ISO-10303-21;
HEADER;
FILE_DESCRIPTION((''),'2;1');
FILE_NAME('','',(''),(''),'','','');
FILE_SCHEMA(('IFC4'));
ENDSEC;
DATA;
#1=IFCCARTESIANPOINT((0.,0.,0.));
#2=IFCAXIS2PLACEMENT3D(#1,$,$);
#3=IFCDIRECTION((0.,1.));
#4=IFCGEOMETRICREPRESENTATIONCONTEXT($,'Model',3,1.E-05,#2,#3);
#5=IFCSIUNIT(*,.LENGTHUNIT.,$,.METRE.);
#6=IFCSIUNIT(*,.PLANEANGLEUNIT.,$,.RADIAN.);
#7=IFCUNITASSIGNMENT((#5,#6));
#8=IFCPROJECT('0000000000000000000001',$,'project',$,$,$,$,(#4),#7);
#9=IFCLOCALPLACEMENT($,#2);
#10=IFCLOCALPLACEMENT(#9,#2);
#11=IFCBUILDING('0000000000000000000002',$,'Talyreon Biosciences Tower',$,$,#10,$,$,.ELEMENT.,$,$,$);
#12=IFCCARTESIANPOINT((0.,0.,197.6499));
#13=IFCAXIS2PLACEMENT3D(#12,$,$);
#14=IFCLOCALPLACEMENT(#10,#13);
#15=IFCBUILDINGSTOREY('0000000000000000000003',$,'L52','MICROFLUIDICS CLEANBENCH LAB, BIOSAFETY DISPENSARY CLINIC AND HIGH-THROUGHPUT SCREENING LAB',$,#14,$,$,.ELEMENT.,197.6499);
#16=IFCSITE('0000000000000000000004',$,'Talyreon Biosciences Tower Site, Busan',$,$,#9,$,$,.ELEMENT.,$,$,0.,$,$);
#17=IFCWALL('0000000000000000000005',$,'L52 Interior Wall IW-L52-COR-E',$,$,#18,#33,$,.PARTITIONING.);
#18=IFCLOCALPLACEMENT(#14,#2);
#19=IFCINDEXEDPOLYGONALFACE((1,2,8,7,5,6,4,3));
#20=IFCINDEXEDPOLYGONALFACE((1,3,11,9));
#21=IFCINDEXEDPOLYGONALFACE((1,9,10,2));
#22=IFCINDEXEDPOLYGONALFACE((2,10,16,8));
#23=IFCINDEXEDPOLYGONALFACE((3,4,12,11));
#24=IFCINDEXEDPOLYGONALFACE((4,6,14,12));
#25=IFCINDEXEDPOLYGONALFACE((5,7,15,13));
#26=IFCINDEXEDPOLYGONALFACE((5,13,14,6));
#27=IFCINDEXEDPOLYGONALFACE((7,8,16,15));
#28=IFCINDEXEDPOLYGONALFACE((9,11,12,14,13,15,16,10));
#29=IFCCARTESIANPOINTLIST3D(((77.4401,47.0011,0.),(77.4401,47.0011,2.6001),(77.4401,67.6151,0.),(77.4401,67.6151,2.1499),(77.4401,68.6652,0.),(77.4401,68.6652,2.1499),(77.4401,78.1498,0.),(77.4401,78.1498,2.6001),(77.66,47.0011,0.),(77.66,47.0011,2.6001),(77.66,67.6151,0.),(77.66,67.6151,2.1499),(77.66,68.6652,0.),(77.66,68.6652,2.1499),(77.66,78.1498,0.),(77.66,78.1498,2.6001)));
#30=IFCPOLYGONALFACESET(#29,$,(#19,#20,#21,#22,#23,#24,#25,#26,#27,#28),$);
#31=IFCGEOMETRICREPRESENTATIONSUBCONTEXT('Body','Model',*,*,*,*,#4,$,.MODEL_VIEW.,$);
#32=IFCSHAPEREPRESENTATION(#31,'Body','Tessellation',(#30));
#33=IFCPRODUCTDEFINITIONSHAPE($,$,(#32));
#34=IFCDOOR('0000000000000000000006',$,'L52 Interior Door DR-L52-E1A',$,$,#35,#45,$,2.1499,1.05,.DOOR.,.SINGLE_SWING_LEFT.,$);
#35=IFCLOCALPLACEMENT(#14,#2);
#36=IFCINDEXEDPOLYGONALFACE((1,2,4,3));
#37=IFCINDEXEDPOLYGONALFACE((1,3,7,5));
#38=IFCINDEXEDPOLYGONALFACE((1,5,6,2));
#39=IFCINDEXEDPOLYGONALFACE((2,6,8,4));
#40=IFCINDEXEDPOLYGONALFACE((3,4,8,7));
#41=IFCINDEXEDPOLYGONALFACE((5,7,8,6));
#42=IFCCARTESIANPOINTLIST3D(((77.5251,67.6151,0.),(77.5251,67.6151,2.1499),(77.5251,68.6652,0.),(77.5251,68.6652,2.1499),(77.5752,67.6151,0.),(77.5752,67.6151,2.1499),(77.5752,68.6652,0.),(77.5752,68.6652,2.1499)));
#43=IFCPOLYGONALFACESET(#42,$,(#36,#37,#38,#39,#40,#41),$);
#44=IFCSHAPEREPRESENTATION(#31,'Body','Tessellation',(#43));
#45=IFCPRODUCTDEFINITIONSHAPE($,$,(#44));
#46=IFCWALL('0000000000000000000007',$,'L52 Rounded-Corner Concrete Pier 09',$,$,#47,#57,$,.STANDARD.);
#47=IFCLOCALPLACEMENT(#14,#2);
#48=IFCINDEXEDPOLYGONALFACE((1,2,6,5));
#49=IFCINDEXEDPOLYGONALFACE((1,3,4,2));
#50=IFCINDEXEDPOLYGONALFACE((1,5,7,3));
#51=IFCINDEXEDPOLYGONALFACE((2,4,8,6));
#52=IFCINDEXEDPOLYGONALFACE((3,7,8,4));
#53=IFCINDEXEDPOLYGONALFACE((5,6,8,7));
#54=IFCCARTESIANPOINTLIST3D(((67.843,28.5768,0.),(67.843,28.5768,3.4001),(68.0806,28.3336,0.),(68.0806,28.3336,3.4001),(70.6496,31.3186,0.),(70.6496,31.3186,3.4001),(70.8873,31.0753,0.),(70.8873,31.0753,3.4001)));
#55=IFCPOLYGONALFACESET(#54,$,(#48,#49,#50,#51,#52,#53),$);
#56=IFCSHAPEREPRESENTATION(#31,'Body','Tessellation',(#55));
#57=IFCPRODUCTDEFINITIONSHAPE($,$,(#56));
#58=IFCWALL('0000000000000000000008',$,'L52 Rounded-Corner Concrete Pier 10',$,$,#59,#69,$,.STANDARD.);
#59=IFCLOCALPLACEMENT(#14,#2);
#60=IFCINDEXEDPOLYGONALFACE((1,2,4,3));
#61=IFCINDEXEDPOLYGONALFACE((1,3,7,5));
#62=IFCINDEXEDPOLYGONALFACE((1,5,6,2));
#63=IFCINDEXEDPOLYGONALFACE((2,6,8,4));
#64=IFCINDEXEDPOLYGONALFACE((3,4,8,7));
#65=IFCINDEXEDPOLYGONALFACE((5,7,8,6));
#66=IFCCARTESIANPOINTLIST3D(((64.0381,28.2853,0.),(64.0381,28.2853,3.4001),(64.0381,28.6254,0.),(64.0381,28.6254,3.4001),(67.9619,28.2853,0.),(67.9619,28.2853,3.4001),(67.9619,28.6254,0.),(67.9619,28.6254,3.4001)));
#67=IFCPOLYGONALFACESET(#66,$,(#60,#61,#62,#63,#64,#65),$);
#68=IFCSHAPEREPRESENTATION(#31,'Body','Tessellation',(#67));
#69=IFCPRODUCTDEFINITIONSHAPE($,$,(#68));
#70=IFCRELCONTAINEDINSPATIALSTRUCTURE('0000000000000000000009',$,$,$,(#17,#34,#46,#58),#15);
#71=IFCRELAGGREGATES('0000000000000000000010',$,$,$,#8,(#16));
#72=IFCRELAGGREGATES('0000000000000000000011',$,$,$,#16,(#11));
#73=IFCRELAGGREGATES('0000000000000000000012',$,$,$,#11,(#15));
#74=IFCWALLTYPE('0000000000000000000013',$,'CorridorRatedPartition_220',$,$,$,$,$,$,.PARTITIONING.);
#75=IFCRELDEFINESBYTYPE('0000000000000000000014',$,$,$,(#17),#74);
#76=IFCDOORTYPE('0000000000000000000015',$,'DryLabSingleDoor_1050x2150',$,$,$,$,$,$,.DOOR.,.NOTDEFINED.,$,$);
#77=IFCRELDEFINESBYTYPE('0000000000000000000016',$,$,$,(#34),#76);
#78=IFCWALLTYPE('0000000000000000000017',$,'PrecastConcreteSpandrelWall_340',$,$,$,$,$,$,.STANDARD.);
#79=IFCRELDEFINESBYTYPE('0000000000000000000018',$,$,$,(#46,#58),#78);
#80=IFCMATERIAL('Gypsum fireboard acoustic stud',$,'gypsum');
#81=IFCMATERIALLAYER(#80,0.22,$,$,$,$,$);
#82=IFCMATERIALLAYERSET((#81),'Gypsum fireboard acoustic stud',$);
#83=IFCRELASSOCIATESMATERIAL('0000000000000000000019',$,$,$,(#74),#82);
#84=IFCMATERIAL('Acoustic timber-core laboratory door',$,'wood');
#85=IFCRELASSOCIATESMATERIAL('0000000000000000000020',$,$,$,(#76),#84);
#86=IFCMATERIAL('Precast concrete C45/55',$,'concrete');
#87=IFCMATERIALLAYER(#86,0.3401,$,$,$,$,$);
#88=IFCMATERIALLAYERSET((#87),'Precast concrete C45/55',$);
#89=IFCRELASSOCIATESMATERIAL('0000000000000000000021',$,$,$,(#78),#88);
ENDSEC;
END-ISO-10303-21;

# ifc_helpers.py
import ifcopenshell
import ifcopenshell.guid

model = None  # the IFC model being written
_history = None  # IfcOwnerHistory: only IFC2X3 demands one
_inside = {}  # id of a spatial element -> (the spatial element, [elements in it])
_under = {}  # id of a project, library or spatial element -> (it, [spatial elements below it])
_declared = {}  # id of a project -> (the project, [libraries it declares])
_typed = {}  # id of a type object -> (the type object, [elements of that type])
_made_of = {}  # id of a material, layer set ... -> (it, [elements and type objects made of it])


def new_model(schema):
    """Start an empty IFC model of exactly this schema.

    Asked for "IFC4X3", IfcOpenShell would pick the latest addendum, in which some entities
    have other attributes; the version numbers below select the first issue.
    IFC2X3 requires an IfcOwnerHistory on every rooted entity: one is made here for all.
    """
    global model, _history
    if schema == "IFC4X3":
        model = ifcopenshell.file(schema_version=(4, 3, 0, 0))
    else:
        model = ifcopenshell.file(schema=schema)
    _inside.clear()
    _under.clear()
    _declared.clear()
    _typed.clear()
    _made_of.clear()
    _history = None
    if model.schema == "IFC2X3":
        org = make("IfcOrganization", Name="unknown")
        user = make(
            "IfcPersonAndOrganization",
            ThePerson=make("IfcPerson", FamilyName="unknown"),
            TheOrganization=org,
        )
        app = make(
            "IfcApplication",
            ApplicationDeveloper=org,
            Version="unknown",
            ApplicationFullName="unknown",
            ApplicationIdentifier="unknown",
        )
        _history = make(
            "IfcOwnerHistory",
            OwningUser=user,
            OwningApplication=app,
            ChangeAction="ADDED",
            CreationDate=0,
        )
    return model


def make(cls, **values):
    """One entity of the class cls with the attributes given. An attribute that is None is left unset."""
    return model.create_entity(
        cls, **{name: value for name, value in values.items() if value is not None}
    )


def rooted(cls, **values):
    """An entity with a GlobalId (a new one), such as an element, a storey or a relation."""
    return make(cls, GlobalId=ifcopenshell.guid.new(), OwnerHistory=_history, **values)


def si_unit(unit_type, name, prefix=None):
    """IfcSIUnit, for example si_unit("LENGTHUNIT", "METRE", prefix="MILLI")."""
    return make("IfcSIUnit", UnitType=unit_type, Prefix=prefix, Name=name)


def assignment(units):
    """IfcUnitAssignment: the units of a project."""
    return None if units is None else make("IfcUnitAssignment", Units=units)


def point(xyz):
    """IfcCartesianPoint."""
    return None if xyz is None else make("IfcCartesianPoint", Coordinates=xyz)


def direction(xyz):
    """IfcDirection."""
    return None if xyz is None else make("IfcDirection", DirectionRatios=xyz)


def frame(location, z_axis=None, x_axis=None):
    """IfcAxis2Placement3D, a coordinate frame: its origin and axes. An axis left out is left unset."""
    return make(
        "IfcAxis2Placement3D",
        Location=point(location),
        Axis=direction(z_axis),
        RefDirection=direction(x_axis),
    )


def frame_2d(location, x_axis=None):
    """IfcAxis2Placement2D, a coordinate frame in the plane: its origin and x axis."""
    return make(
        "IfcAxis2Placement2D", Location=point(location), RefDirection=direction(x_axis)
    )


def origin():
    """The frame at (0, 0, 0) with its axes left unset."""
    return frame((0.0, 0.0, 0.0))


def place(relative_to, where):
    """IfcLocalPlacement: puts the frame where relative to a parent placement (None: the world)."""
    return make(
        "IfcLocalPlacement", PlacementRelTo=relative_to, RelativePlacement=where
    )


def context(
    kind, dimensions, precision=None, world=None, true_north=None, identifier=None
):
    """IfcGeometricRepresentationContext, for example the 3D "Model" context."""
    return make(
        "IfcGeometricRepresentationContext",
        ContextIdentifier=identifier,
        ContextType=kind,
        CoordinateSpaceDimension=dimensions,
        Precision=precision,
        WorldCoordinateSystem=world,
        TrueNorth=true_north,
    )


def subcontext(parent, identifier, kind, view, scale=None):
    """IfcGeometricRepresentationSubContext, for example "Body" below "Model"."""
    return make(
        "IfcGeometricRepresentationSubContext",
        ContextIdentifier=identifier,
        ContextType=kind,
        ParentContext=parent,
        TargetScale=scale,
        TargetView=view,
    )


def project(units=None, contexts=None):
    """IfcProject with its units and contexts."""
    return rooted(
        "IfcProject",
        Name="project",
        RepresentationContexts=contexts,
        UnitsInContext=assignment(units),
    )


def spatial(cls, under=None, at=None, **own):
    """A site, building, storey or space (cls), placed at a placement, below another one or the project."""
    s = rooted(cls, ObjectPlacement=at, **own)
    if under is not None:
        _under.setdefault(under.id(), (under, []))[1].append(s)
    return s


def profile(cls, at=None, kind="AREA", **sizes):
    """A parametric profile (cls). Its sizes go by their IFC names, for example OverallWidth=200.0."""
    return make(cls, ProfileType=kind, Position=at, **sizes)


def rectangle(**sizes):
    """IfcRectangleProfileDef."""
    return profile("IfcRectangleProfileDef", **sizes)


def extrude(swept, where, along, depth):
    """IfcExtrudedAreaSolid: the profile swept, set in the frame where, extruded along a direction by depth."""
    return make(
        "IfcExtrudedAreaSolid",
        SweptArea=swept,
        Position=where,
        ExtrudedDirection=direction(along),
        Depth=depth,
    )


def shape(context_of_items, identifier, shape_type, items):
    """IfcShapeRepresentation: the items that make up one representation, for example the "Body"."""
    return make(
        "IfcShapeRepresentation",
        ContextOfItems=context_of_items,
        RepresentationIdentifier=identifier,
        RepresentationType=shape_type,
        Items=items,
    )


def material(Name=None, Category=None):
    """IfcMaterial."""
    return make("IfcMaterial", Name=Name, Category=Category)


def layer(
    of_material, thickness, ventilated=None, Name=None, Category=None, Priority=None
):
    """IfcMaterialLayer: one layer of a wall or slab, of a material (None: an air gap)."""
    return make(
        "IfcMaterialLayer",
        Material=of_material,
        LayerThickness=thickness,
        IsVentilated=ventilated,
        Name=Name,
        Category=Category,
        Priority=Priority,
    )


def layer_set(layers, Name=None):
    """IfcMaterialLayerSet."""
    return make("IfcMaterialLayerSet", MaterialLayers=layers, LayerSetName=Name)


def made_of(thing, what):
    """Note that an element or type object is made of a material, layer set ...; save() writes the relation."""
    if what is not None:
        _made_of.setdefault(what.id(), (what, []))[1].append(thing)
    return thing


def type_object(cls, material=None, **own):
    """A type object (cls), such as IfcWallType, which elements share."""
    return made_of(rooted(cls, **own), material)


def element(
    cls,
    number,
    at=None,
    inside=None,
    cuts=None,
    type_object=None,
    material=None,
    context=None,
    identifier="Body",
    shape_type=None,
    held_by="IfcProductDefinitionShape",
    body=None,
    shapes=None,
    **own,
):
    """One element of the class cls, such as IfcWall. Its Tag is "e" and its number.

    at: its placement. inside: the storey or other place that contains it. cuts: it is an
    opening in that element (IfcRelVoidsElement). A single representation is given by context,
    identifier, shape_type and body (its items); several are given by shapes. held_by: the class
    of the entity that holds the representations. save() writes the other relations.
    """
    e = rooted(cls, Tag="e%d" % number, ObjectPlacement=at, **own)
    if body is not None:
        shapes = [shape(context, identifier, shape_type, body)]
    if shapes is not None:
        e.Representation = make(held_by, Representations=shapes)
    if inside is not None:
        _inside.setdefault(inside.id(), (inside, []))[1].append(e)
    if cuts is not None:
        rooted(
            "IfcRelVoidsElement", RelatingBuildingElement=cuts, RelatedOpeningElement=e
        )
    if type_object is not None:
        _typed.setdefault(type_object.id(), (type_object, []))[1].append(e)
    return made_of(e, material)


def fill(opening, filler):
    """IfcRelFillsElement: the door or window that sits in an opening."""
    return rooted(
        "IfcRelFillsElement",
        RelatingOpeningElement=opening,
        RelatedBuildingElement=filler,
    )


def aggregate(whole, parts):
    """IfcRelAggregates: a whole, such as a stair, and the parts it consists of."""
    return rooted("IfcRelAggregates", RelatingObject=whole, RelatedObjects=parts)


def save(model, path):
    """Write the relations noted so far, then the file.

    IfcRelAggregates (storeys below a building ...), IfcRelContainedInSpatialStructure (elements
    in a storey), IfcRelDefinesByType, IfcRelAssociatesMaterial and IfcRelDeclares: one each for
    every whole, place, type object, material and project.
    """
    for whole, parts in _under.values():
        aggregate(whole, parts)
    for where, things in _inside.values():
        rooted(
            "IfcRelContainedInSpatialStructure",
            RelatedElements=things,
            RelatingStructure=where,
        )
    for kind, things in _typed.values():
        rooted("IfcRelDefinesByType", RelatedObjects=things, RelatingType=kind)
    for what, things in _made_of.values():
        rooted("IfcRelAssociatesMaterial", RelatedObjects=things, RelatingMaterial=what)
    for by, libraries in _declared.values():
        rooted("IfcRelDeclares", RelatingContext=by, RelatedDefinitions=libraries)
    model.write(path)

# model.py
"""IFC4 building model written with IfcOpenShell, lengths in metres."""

from ifc_helpers import new_model, si_unit, direction, frame, frame_2d, origin, place, context, subcontext, project, spatial, rectangle, extrude, material, layer, layer_set, type_object, element, fill, save


model = new_model("IFC4")

# Units and contexts
model_context = context("Model", 3, precision=1e-05, world=origin(), true_north=direction((0.0, 1.0)))
body_context = subcontext(model_context, "Body", "Model", "MODEL_VIEW")
ifc_project = project(units=[si_unit("LENGTHUNIT", "METRE"), si_unit("PLANEANGLEUNIT", "RADIAN")], contexts=[model_context])

# Site, building, storey
site_placement = place(None, origin())
site = spatial("IfcSite", under=ifc_project, at=site_placement, Name="Talyreon Biosciences Tower Site, Busan", CompositionType="ELEMENT", RefElevation=0.0)
building_placement = place(site_placement, origin())
building = spatial("IfcBuilding", under=site, at=building_placement, Name="Talyreon Biosciences Tower", CompositionType="ELEMENT")
storey_placement = place(building_placement, frame((0.0, 0.0, 197.6499)))
storey = spatial("IfcBuildingStorey", under=building, at=storey_placement, Name="L52", Description="MICROFLUIDICS CLEANBENCH LAB, BIOSAFETY DISPENSARY CLINIC AND HIGH-THROUGHPUT SCREENING LAB", CompositionType="ELEMENT", Elevation=197.6499)

# Shared definitions
ifc_material_1 = material(Name="Precast concrete C45/55", Category="concrete")

# Wall, opening, door
ifc_material_2 = material(Name="Gypsum fireboard acoustic stud", Category="gypsum")
ifc_layer_1 = layer(ifc_material_2, 0.22)
ifc_layer_set_1 = layer_set([ifc_layer_1], Name="Gypsum fireboard acoustic stud")
wall_type_1 = type_object("IfcWallType", Name="CorridorRatedPartition_220", PredefinedType="PARTITIONING", material=ifc_layer_set_1)
wall_1_placement = place(storey_placement, frame((77.55, 47.0012, 0.0), z_axis=(0.0, 0.0, 1.0), x_axis=(0.0, 1.0, 0.0)))
wall_1 = element("IfcWall", 1, at=wall_1_placement, inside=storey, type_object=wall_type_1, Name="L52 Interior Wall IW-L52-COR-E", PredefinedType="PARTITIONING", context=body_context, shape_type="SweptSolid", body=[
    extrude(rectangle(XDim=31.1487, YDim=0.22, at=frame_2d((15.5742, 0.0))), origin(), (0.0, 0.0, 1.0), 2.6001),
])
opening_placement = place(wall_1_placement, frame((20.614, 0.0, 0.0)))
opening = element("IfcOpeningElement", 2, at=opening_placement, cuts=wall_1, PredefinedType="OPENING", context=body_context, shape_type="SweptSolid", body=[
    extrude(rectangle(XDim=1.05, YDim=2.1499, at=frame_2d((0.5249, 1.075))), frame((0.0, 0.1199, 0.0), z_axis=(0.0, -1.0, 0.0), x_axis=(1.0, 0.0, 0.0)), (0.0, 0.0, 1.0), 0.24),
])
ifc_material_3 = material(Name="Acoustic timber-core laboratory door", Category="wood")
door_type = type_object("IfcDoorType", Name="DryLabSingleDoor_1050x2150", OperationType="NOTDEFINED", PredefinedType="DOOR", material=ifc_material_3)
door_placement = place(opening_placement, origin())
door = element("IfcDoor", 3, at=door_placement, inside=storey, type_object=door_type, Name="L52 Interior Door DR-L52-E1A", OperationType="SINGLE_SWING_LEFT", OverallHeight=2.1499, OverallWidth=1.05, PredefinedType="DOOR", context=body_context, shape_type="SweptSolid", body=[
    extrude(rectangle(XDim=1.05, YDim=2.1499, at=frame_2d((0.5249, 1.075))), frame((0.0, 0.0249, 0.0), z_axis=(0.0, -1.0, 0.0), x_axis=(1.0, 0.0, 0.0)), (0.0, 0.0, 1.0), 0.05),
])
fill(opening, door)

# Walls
ifc_layer_2 = layer(ifc_material_1, 0.3401)
ifc_layer_set_2 = layer_set([ifc_layer_2], Name="Precast concrete C45/55")
wall_type_2 = type_object("IfcWallType", Name="PrecastConcreteSpandrelWall_340", PredefinedType="STANDARD", material=ifc_layer_set_2)
wall_2_placement = place(storey_placement, frame((70.7686, 31.197, 0.0), z_axis=(0.0, 0.0, 1.0), x_axis=(-0.715334, -0.698782, 0.0)))
element("IfcWall", 4, at=wall_2_placement, inside=storey, type_object=wall_type_2, Name="L52 Rounded-Corner Concrete Pier 09", PredefinedType="STANDARD", context=body_context, shape_type="SweptSolid", body=[
    extrude(rectangle(XDim=3.9236, YDim=0.3401, at=frame_2d((1.9619, 0.0))), origin(), (0.0, 0.0, 1.0), 3.4001),
])
wall_3_placement = place(storey_placement, frame((67.9619, 28.4553, 0.0), z_axis=(0.0, 0.0, 1.0), x_axis=(-1.0, 0.0, 0.0)))
element("IfcWall", 5, at=wall_3_placement, inside=storey, type_object=wall_type_2, Name="L52 Rounded-Corner Concrete Pier 10", PredefinedType="STANDARD", context=body_context, shape_type="SweptSolid", body=[
    extrude(rectangle(XDim=3.9238, YDim=0.3401, at=frame_2d((1.9619, 0.0))), origin(), (0.0, 0.0, 1.0), 3.4001),
])

save(model, "model.ifc")
